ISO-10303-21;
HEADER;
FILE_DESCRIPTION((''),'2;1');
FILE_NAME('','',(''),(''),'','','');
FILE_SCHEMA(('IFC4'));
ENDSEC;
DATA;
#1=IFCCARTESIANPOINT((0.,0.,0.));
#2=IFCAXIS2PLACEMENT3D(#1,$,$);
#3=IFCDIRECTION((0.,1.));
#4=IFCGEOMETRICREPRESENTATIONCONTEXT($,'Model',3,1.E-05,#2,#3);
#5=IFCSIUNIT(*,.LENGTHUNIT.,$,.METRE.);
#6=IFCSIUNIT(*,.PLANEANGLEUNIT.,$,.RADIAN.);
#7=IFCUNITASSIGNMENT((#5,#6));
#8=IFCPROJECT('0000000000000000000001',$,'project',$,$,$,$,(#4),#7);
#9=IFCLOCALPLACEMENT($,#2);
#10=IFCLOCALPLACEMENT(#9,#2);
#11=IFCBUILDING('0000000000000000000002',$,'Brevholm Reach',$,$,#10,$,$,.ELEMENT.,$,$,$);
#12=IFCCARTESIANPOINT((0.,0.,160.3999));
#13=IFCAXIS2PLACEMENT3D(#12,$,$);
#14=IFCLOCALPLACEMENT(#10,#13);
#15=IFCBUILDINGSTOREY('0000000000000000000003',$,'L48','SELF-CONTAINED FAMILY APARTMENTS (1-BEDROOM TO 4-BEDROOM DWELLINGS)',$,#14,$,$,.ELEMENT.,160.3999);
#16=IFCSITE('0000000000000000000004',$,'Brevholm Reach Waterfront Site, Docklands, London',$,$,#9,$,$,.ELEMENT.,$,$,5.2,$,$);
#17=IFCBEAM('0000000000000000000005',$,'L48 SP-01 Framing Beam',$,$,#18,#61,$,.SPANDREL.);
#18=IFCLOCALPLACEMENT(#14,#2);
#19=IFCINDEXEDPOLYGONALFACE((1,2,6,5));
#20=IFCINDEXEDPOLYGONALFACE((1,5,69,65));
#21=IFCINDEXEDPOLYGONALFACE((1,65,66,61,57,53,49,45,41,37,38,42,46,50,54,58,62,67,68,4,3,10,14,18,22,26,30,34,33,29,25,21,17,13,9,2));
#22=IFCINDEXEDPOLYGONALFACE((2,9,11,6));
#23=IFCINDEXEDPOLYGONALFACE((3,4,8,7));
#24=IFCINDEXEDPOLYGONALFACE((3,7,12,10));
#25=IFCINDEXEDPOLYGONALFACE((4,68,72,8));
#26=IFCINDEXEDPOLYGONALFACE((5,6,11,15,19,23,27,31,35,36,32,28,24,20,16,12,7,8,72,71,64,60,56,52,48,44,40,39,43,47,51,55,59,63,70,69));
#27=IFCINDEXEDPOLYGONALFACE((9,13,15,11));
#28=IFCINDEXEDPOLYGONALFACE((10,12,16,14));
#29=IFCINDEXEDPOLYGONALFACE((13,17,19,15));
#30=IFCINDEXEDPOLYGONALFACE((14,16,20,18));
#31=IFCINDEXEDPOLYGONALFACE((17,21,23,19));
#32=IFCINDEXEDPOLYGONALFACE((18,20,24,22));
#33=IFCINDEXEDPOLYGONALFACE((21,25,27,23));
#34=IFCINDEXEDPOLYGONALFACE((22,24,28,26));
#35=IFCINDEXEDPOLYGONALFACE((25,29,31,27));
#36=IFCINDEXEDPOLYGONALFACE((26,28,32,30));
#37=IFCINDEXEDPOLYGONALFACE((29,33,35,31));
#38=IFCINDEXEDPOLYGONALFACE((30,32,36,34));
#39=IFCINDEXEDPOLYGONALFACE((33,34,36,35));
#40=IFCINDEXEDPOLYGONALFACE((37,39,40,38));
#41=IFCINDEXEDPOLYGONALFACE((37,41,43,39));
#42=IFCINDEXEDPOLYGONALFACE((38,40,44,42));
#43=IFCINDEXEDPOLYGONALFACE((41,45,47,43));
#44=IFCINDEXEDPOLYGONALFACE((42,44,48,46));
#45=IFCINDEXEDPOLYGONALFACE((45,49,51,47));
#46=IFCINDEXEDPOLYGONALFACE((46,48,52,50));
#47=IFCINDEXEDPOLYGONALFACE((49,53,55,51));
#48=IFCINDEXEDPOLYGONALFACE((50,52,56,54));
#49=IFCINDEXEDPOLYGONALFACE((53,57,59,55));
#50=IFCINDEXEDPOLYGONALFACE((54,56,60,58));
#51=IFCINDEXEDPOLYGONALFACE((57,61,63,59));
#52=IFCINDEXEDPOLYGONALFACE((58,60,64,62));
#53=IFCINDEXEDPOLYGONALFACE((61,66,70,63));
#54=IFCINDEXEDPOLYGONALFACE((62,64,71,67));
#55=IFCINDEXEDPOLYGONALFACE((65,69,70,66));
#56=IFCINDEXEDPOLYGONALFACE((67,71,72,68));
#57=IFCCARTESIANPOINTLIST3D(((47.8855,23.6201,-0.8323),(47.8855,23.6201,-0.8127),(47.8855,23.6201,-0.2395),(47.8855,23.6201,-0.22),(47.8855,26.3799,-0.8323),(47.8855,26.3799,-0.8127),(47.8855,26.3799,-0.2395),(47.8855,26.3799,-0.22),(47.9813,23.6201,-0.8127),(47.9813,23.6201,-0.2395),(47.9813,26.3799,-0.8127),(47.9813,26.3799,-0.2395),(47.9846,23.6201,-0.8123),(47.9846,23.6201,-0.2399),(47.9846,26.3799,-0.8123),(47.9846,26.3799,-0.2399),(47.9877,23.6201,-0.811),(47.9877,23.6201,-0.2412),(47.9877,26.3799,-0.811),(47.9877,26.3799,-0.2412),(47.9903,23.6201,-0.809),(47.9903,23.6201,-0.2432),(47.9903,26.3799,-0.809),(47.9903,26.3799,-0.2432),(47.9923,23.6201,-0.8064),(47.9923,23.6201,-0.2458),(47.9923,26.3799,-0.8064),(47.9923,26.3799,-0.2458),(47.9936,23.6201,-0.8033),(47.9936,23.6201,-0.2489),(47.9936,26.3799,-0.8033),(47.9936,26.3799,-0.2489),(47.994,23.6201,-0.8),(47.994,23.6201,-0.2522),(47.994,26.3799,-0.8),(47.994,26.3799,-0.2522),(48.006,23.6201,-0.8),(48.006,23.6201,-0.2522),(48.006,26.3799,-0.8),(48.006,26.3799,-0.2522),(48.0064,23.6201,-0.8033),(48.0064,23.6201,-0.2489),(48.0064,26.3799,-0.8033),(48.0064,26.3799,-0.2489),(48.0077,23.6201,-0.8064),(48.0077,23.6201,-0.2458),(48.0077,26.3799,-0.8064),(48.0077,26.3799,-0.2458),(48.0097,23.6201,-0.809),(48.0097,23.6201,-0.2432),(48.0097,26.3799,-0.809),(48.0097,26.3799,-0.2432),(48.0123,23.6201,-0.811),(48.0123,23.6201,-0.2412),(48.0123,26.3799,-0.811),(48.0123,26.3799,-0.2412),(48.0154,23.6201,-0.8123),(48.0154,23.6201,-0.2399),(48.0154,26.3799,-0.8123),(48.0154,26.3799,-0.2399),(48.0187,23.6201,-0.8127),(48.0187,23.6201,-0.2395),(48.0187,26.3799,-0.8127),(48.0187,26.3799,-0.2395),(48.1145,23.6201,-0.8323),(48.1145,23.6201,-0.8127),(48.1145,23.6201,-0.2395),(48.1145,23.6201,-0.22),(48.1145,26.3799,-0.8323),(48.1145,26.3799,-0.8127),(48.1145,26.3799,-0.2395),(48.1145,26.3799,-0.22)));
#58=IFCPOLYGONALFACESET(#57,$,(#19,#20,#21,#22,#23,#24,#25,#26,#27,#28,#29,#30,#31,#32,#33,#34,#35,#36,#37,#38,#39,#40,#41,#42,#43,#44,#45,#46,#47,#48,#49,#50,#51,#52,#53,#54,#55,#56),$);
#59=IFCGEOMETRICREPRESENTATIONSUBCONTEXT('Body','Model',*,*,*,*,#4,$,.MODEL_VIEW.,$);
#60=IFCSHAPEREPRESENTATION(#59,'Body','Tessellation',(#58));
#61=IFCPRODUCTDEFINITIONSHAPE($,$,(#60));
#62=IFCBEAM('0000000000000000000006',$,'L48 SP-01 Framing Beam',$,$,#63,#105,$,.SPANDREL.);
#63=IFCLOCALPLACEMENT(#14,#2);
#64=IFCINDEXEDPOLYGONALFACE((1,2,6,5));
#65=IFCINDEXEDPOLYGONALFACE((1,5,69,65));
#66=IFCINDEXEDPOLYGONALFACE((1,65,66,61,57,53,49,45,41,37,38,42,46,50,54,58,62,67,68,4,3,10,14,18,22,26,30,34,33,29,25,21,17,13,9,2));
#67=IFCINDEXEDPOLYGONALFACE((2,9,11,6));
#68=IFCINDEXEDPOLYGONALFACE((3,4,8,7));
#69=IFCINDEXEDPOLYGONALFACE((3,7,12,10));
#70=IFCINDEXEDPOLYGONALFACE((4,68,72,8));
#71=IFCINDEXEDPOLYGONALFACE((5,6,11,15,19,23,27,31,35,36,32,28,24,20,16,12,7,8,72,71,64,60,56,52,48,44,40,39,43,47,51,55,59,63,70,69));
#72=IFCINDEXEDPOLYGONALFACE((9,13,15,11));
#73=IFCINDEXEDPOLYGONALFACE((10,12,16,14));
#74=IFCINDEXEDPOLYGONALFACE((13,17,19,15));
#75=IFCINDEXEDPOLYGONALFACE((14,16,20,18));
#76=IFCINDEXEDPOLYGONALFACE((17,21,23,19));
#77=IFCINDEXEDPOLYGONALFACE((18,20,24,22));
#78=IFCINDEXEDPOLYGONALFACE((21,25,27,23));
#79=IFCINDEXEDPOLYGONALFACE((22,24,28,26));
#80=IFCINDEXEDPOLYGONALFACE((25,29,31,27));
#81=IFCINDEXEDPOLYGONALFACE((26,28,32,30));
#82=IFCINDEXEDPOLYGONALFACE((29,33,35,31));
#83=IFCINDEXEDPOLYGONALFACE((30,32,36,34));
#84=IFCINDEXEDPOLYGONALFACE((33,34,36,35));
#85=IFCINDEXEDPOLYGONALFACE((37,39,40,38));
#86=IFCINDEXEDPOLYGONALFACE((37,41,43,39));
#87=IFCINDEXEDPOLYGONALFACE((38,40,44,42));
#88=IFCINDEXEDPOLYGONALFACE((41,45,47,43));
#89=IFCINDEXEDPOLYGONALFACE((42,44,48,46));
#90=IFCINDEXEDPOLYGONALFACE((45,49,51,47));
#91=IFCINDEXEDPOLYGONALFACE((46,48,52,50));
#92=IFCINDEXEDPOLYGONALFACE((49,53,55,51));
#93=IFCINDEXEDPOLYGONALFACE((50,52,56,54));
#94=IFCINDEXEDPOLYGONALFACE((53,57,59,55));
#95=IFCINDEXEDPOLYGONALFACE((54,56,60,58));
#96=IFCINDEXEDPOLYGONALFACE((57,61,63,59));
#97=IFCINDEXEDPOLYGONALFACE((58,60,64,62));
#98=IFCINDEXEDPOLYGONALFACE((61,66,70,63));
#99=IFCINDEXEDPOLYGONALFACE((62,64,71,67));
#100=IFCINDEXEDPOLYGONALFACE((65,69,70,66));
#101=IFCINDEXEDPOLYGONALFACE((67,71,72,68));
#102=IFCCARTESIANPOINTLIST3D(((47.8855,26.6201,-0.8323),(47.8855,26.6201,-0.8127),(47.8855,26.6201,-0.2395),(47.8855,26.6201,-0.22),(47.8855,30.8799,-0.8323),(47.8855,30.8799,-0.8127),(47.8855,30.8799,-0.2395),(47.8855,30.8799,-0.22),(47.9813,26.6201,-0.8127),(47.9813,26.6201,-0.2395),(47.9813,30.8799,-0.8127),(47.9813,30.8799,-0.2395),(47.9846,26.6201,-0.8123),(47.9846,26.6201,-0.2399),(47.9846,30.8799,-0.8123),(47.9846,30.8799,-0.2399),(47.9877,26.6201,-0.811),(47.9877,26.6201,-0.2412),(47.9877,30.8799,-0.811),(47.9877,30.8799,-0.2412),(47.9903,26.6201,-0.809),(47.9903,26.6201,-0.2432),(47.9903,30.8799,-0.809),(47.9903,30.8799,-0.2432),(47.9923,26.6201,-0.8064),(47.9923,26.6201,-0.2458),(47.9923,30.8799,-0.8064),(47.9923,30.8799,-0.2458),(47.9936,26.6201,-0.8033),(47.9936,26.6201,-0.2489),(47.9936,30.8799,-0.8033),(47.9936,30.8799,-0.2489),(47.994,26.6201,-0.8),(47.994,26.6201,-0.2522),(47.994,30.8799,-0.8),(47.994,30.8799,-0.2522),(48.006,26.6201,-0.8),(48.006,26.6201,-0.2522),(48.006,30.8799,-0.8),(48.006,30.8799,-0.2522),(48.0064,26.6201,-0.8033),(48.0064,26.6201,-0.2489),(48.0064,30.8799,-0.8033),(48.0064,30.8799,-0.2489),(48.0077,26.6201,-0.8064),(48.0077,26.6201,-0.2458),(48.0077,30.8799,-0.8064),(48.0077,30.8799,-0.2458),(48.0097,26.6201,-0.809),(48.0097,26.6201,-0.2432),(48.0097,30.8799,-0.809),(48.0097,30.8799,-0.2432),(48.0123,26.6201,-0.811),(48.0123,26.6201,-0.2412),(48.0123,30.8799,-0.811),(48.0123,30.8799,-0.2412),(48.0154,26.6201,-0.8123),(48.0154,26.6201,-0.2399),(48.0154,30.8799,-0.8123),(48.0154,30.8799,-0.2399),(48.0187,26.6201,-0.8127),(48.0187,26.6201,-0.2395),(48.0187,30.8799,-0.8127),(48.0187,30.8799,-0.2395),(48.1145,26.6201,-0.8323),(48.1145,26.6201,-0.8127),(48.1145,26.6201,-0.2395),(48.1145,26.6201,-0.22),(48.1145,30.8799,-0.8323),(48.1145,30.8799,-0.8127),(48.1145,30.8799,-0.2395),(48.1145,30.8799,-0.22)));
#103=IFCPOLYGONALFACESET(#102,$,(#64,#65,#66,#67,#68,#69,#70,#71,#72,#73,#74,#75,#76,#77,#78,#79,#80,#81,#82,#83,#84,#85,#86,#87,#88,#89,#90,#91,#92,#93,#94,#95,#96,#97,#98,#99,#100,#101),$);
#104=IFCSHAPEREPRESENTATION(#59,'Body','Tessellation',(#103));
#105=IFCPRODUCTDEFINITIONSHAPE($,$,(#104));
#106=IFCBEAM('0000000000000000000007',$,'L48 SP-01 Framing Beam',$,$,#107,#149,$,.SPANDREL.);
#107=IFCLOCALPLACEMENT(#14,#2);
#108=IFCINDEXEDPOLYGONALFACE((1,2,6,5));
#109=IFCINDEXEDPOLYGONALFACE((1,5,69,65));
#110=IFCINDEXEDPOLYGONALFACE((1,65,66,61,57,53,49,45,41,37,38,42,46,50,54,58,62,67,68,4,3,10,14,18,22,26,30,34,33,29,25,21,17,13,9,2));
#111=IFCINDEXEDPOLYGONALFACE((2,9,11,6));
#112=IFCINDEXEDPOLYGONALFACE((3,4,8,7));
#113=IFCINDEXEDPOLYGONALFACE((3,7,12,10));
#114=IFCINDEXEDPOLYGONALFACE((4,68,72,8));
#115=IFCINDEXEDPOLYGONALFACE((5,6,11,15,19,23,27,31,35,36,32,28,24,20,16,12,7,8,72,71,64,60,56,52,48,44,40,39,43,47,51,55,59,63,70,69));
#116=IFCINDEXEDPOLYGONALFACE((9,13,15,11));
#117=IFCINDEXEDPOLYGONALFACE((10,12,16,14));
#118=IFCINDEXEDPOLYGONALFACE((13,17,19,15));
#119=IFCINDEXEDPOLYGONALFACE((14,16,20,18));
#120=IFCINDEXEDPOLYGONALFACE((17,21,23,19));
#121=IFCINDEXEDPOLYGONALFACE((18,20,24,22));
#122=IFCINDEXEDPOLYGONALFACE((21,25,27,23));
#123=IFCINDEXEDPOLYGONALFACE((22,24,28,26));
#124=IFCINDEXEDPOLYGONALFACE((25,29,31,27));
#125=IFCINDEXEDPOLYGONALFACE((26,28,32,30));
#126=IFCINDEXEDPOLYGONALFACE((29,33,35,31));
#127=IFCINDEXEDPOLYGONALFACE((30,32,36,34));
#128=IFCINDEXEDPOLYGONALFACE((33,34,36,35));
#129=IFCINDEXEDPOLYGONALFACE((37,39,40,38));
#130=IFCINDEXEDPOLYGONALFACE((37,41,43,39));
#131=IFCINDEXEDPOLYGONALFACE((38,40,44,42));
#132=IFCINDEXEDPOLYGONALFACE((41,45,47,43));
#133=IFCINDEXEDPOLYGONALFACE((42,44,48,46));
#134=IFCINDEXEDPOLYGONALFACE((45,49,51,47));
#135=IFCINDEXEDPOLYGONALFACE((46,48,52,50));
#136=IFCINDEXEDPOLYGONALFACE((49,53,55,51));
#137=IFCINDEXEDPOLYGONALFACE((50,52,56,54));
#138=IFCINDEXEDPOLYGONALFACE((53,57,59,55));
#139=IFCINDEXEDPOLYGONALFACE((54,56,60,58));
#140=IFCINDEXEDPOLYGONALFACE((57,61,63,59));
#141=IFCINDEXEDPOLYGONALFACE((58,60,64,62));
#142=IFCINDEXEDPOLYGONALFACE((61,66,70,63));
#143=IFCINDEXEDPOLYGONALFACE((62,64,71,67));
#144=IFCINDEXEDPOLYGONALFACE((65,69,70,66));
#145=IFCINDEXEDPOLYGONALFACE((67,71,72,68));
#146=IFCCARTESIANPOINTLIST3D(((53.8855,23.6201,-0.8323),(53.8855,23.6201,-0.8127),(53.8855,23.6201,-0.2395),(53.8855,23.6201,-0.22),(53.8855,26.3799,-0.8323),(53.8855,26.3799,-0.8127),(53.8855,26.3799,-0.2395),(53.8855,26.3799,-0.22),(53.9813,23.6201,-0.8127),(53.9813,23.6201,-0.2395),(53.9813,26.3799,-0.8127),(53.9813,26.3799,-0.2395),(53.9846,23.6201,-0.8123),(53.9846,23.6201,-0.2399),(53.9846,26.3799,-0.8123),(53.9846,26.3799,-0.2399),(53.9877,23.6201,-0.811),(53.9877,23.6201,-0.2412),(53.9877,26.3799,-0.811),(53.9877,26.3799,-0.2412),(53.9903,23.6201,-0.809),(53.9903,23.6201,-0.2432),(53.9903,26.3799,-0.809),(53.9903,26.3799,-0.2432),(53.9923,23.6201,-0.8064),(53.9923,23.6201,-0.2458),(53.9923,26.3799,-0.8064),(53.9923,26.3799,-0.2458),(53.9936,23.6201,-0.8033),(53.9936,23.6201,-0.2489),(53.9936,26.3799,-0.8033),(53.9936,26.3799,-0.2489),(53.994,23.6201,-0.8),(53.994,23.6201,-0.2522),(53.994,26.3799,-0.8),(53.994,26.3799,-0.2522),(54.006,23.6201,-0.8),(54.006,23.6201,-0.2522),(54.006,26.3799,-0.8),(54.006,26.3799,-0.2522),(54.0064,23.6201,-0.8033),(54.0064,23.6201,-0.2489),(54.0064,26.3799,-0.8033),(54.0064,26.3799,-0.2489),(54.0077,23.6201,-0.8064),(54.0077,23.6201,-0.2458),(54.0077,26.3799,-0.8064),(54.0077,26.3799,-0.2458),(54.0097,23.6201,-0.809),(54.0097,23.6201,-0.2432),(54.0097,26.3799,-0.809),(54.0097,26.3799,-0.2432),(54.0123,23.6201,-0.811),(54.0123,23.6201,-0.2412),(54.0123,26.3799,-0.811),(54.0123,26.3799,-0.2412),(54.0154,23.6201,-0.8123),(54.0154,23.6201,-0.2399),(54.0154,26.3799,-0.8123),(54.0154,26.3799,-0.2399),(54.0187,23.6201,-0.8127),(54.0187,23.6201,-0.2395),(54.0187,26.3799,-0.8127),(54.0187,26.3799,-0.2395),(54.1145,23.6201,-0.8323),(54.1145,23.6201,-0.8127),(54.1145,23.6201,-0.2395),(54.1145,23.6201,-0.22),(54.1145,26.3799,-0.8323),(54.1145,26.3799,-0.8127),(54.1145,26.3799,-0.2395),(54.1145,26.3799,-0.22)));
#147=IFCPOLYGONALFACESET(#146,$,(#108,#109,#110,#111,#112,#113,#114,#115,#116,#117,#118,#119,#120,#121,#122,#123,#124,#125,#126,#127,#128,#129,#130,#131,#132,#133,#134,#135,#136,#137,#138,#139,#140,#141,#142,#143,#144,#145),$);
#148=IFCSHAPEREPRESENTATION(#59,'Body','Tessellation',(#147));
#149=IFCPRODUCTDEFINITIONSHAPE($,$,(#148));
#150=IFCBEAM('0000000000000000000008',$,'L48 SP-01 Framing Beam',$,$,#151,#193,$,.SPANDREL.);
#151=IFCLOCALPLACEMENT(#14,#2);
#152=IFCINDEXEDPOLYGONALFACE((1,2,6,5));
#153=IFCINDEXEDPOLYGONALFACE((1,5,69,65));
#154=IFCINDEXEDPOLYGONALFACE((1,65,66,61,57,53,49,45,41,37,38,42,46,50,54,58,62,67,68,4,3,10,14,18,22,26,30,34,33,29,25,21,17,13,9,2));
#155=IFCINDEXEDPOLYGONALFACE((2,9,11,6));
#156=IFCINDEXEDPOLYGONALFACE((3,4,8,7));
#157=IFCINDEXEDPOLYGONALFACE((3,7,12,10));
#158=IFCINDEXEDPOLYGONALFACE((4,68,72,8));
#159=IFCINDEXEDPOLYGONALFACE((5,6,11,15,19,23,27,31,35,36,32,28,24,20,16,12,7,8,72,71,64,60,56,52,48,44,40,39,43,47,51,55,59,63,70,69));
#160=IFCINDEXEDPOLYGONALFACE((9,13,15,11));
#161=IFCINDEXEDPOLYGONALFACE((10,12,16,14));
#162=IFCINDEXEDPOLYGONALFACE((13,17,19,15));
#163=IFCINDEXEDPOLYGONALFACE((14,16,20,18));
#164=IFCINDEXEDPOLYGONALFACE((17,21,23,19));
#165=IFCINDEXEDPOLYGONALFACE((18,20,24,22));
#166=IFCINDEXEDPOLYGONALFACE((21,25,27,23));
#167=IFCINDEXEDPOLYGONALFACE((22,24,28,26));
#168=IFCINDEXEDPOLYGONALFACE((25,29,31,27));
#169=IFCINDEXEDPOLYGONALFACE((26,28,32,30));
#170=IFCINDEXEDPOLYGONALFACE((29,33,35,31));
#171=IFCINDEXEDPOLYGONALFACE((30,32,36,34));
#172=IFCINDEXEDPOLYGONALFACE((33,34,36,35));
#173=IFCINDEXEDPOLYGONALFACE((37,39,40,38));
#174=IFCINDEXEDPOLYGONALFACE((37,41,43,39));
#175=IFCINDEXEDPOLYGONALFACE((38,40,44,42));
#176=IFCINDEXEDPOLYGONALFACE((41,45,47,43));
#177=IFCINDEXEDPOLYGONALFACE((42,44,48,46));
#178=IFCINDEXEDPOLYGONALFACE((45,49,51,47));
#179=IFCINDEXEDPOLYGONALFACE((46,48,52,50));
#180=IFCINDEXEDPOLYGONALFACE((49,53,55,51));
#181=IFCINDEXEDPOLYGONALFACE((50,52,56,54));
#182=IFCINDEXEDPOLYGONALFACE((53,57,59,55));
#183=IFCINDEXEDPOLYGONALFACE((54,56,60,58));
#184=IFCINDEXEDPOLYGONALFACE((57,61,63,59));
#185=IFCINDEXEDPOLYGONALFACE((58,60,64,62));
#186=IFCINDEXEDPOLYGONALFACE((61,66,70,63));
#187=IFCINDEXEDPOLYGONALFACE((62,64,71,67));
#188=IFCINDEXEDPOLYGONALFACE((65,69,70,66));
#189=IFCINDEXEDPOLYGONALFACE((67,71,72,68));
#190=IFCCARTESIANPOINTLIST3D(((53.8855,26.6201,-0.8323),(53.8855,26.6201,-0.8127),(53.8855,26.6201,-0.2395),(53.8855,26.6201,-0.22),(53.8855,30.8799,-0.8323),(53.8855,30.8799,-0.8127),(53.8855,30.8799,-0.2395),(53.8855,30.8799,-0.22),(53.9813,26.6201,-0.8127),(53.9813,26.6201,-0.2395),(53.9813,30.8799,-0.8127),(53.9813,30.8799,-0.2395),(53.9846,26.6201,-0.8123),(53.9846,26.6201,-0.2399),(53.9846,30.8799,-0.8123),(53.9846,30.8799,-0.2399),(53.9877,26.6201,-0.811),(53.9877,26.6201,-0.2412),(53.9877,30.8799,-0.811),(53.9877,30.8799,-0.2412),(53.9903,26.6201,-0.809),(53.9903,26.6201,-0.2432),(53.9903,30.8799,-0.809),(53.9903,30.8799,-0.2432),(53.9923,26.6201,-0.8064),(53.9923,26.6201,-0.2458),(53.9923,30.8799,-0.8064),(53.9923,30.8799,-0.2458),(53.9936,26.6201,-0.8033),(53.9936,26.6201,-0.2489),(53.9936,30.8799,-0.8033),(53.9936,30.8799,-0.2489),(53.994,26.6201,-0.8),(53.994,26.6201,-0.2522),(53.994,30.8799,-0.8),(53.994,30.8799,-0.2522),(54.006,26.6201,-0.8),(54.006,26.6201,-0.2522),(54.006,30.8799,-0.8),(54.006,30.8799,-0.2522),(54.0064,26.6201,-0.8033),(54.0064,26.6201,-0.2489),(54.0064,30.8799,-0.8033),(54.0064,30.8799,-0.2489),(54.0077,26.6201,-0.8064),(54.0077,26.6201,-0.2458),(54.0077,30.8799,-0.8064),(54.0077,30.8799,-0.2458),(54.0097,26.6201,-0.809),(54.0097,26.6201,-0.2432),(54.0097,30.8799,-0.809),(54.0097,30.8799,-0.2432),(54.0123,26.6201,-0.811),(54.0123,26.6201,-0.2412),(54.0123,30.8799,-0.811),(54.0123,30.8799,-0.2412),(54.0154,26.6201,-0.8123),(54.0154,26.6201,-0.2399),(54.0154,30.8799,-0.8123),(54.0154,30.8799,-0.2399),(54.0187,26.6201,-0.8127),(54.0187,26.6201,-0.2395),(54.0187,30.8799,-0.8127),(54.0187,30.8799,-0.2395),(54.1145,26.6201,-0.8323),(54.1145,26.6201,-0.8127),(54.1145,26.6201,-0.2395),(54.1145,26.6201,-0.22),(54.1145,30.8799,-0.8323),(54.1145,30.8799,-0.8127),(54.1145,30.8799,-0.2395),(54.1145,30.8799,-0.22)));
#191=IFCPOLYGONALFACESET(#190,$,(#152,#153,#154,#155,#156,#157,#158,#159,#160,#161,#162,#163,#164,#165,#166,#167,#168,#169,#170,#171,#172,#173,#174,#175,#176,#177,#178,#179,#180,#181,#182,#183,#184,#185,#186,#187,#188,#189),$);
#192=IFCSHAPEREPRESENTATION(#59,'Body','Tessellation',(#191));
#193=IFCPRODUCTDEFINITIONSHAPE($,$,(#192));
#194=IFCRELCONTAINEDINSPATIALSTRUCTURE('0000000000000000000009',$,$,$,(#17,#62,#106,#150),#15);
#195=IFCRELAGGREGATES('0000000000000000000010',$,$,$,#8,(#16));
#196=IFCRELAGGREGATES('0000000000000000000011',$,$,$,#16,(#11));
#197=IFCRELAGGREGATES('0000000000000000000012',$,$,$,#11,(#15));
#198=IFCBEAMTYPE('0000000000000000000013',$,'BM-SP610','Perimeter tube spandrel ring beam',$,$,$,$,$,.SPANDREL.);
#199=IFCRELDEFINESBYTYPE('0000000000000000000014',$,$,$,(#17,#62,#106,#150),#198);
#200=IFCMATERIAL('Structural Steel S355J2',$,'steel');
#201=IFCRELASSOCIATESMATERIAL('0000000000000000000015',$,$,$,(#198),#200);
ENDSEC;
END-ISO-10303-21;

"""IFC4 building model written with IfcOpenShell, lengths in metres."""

from ifc_helpers import new_model, si_unit, direction, frame, origin, origin_2d, place, context, subcontext, project, spatial, i_section, extrude, material, material_profile, profile_set, type_object, element, save


model = new_model("IFC4")

# Units and contexts
model_context = context("Model", 3, precision=1e-05, world=origin(), true_north=direction((0.0, 1.0)))
body_context = subcontext(model_context, "Body", "Model", "MODEL_VIEW")
ifc_project = project(units=[si_unit("LENGTHUNIT", "METRE"), si_unit("PLANEANGLEUNIT", "RADIAN")], contexts=[model_context])

# Site, building, storey
site_placement = place(None, origin())
site = spatial("IfcSite", under=ifc_project, at=site_placement, Name="Brevholm Reach Waterfront Site, Docklands, London", CompositionType="ELEMENT", RefElevation=5.2)
building_placement = place(site_placement, origin())
building = spatial("IfcBuilding", under=site, at=building_placement, Name="Brevholm Reach", CompositionType="ELEMENT")
storey_placement = place(building_placement, frame((0.0, 0.0, 160.3999)))
storey = spatial("IfcBuildingStorey", under=building, at=storey_placement, Name="L48", Description="SELF-CONTAINED FAMILY APARTMENTS (1-BEDROOM TO 4-BEDROOM DWELLINGS)", CompositionType="ELEMENT", Elevation=160.3999)

# Beams
ifc_material_1 = material(Name="Structural Steel S355J2", Category="steel")
ifc_material_profile_1 = material_profile(ifc_material_1, i_section(OverallWidth=0.229, OverallDepth=0.6123, WebThickness=0.012, FlangeThickness=0.0195, FilletRadius=0.0127, at=origin_2d()), Name="UKB 610x229x125")
ifc_profile_set_1 = profile_set([ifc_material_profile_1], Name="Structural Steel S355J2")
beam_type_1 = type_object("IfcBeamType", Name="BM-SP610", Description="Perimeter tube spandrel ring beam", PredefinedType="SPANDREL", material=ifc_profile_set_1)
beam_1_placement = place(storey_placement, frame((48.0, 23.6201, -0.5261), z_axis=(0.0, 1.0, 0.0), x_axis=(-1.0, 0.0, 0.0)))
element("IfcBeam", 1, at=beam_1_placement, inside=storey, type_object=beam_type_1, Name="L48 SP-01 Framing Beam", PredefinedType="SPANDREL", context=body_context, shape_type="SweptSolid", body=[
    extrude(i_section(OverallWidth=0.229, OverallDepth=0.6123, WebThickness=0.012, FlangeThickness=0.0195, FilletRadius=0.0127, at=origin_2d()), origin(), (0.0, 0.0, 1.0), 2.7598),
])
beam_2_placement = place(storey_placement, frame((48.0, 26.6201, -0.5261), z_axis=(0.0, 1.0, 0.0), x_axis=(-1.0, 0.0, 0.0)))
element("IfcBeam", 2, at=beam_2_placement, inside=storey, type_object=beam_type_1, Name="L48 SP-01 Framing Beam", PredefinedType="SPANDREL", context=body_context, shape_type="SweptSolid", body=[
    extrude(i_section(OverallWidth=0.229, OverallDepth=0.6123, WebThickness=0.012, FlangeThickness=0.0195, FilletRadius=0.0127, at=origin_2d()), origin(), (0.0, 0.0, 1.0), 4.2598),
])
beam_3_placement = place(storey_placement, frame((54.0, 23.6201, -0.5261), z_axis=(0.0, 1.0, 0.0), x_axis=(-1.0, 0.0, 0.0)))
element("IfcBeam", 3, at=beam_3_placement, inside=storey, type_object=beam_type_1, Name="L48 SP-01 Framing Beam", PredefinedType="SPANDREL", context=body_context, shape_type="SweptSolid", body=[
    extrude(i_section(OverallWidth=0.229, OverallDepth=0.6123, WebThickness=0.012, FlangeThickness=0.0195, FilletRadius=0.0127, at=origin_2d()), origin(), (0.0, 0.0, 1.0), 2.7598),
])
beam_4_placement = place(storey_placement, frame((54.0, 26.6201, -0.5261), z_axis=(0.0, 1.0, 0.0), x_axis=(-1.0, 0.0, 0.0)))
element("IfcBeam", 4, at=beam_4_placement, inside=storey, type_object=beam_type_1, Name="L48 SP-01 Framing Beam", PredefinedType="SPANDREL", context=body_context, shape_type="SweptSolid", body=[
    extrude(i_section(OverallWidth=0.229, OverallDepth=0.6123, WebThickness=0.012, FlangeThickness=0.0195, FilletRadius=0.0127, at=origin_2d()), origin(), (0.0, 0.0, 1.0), 4.2598),
])

save(model, "model.ifc")
